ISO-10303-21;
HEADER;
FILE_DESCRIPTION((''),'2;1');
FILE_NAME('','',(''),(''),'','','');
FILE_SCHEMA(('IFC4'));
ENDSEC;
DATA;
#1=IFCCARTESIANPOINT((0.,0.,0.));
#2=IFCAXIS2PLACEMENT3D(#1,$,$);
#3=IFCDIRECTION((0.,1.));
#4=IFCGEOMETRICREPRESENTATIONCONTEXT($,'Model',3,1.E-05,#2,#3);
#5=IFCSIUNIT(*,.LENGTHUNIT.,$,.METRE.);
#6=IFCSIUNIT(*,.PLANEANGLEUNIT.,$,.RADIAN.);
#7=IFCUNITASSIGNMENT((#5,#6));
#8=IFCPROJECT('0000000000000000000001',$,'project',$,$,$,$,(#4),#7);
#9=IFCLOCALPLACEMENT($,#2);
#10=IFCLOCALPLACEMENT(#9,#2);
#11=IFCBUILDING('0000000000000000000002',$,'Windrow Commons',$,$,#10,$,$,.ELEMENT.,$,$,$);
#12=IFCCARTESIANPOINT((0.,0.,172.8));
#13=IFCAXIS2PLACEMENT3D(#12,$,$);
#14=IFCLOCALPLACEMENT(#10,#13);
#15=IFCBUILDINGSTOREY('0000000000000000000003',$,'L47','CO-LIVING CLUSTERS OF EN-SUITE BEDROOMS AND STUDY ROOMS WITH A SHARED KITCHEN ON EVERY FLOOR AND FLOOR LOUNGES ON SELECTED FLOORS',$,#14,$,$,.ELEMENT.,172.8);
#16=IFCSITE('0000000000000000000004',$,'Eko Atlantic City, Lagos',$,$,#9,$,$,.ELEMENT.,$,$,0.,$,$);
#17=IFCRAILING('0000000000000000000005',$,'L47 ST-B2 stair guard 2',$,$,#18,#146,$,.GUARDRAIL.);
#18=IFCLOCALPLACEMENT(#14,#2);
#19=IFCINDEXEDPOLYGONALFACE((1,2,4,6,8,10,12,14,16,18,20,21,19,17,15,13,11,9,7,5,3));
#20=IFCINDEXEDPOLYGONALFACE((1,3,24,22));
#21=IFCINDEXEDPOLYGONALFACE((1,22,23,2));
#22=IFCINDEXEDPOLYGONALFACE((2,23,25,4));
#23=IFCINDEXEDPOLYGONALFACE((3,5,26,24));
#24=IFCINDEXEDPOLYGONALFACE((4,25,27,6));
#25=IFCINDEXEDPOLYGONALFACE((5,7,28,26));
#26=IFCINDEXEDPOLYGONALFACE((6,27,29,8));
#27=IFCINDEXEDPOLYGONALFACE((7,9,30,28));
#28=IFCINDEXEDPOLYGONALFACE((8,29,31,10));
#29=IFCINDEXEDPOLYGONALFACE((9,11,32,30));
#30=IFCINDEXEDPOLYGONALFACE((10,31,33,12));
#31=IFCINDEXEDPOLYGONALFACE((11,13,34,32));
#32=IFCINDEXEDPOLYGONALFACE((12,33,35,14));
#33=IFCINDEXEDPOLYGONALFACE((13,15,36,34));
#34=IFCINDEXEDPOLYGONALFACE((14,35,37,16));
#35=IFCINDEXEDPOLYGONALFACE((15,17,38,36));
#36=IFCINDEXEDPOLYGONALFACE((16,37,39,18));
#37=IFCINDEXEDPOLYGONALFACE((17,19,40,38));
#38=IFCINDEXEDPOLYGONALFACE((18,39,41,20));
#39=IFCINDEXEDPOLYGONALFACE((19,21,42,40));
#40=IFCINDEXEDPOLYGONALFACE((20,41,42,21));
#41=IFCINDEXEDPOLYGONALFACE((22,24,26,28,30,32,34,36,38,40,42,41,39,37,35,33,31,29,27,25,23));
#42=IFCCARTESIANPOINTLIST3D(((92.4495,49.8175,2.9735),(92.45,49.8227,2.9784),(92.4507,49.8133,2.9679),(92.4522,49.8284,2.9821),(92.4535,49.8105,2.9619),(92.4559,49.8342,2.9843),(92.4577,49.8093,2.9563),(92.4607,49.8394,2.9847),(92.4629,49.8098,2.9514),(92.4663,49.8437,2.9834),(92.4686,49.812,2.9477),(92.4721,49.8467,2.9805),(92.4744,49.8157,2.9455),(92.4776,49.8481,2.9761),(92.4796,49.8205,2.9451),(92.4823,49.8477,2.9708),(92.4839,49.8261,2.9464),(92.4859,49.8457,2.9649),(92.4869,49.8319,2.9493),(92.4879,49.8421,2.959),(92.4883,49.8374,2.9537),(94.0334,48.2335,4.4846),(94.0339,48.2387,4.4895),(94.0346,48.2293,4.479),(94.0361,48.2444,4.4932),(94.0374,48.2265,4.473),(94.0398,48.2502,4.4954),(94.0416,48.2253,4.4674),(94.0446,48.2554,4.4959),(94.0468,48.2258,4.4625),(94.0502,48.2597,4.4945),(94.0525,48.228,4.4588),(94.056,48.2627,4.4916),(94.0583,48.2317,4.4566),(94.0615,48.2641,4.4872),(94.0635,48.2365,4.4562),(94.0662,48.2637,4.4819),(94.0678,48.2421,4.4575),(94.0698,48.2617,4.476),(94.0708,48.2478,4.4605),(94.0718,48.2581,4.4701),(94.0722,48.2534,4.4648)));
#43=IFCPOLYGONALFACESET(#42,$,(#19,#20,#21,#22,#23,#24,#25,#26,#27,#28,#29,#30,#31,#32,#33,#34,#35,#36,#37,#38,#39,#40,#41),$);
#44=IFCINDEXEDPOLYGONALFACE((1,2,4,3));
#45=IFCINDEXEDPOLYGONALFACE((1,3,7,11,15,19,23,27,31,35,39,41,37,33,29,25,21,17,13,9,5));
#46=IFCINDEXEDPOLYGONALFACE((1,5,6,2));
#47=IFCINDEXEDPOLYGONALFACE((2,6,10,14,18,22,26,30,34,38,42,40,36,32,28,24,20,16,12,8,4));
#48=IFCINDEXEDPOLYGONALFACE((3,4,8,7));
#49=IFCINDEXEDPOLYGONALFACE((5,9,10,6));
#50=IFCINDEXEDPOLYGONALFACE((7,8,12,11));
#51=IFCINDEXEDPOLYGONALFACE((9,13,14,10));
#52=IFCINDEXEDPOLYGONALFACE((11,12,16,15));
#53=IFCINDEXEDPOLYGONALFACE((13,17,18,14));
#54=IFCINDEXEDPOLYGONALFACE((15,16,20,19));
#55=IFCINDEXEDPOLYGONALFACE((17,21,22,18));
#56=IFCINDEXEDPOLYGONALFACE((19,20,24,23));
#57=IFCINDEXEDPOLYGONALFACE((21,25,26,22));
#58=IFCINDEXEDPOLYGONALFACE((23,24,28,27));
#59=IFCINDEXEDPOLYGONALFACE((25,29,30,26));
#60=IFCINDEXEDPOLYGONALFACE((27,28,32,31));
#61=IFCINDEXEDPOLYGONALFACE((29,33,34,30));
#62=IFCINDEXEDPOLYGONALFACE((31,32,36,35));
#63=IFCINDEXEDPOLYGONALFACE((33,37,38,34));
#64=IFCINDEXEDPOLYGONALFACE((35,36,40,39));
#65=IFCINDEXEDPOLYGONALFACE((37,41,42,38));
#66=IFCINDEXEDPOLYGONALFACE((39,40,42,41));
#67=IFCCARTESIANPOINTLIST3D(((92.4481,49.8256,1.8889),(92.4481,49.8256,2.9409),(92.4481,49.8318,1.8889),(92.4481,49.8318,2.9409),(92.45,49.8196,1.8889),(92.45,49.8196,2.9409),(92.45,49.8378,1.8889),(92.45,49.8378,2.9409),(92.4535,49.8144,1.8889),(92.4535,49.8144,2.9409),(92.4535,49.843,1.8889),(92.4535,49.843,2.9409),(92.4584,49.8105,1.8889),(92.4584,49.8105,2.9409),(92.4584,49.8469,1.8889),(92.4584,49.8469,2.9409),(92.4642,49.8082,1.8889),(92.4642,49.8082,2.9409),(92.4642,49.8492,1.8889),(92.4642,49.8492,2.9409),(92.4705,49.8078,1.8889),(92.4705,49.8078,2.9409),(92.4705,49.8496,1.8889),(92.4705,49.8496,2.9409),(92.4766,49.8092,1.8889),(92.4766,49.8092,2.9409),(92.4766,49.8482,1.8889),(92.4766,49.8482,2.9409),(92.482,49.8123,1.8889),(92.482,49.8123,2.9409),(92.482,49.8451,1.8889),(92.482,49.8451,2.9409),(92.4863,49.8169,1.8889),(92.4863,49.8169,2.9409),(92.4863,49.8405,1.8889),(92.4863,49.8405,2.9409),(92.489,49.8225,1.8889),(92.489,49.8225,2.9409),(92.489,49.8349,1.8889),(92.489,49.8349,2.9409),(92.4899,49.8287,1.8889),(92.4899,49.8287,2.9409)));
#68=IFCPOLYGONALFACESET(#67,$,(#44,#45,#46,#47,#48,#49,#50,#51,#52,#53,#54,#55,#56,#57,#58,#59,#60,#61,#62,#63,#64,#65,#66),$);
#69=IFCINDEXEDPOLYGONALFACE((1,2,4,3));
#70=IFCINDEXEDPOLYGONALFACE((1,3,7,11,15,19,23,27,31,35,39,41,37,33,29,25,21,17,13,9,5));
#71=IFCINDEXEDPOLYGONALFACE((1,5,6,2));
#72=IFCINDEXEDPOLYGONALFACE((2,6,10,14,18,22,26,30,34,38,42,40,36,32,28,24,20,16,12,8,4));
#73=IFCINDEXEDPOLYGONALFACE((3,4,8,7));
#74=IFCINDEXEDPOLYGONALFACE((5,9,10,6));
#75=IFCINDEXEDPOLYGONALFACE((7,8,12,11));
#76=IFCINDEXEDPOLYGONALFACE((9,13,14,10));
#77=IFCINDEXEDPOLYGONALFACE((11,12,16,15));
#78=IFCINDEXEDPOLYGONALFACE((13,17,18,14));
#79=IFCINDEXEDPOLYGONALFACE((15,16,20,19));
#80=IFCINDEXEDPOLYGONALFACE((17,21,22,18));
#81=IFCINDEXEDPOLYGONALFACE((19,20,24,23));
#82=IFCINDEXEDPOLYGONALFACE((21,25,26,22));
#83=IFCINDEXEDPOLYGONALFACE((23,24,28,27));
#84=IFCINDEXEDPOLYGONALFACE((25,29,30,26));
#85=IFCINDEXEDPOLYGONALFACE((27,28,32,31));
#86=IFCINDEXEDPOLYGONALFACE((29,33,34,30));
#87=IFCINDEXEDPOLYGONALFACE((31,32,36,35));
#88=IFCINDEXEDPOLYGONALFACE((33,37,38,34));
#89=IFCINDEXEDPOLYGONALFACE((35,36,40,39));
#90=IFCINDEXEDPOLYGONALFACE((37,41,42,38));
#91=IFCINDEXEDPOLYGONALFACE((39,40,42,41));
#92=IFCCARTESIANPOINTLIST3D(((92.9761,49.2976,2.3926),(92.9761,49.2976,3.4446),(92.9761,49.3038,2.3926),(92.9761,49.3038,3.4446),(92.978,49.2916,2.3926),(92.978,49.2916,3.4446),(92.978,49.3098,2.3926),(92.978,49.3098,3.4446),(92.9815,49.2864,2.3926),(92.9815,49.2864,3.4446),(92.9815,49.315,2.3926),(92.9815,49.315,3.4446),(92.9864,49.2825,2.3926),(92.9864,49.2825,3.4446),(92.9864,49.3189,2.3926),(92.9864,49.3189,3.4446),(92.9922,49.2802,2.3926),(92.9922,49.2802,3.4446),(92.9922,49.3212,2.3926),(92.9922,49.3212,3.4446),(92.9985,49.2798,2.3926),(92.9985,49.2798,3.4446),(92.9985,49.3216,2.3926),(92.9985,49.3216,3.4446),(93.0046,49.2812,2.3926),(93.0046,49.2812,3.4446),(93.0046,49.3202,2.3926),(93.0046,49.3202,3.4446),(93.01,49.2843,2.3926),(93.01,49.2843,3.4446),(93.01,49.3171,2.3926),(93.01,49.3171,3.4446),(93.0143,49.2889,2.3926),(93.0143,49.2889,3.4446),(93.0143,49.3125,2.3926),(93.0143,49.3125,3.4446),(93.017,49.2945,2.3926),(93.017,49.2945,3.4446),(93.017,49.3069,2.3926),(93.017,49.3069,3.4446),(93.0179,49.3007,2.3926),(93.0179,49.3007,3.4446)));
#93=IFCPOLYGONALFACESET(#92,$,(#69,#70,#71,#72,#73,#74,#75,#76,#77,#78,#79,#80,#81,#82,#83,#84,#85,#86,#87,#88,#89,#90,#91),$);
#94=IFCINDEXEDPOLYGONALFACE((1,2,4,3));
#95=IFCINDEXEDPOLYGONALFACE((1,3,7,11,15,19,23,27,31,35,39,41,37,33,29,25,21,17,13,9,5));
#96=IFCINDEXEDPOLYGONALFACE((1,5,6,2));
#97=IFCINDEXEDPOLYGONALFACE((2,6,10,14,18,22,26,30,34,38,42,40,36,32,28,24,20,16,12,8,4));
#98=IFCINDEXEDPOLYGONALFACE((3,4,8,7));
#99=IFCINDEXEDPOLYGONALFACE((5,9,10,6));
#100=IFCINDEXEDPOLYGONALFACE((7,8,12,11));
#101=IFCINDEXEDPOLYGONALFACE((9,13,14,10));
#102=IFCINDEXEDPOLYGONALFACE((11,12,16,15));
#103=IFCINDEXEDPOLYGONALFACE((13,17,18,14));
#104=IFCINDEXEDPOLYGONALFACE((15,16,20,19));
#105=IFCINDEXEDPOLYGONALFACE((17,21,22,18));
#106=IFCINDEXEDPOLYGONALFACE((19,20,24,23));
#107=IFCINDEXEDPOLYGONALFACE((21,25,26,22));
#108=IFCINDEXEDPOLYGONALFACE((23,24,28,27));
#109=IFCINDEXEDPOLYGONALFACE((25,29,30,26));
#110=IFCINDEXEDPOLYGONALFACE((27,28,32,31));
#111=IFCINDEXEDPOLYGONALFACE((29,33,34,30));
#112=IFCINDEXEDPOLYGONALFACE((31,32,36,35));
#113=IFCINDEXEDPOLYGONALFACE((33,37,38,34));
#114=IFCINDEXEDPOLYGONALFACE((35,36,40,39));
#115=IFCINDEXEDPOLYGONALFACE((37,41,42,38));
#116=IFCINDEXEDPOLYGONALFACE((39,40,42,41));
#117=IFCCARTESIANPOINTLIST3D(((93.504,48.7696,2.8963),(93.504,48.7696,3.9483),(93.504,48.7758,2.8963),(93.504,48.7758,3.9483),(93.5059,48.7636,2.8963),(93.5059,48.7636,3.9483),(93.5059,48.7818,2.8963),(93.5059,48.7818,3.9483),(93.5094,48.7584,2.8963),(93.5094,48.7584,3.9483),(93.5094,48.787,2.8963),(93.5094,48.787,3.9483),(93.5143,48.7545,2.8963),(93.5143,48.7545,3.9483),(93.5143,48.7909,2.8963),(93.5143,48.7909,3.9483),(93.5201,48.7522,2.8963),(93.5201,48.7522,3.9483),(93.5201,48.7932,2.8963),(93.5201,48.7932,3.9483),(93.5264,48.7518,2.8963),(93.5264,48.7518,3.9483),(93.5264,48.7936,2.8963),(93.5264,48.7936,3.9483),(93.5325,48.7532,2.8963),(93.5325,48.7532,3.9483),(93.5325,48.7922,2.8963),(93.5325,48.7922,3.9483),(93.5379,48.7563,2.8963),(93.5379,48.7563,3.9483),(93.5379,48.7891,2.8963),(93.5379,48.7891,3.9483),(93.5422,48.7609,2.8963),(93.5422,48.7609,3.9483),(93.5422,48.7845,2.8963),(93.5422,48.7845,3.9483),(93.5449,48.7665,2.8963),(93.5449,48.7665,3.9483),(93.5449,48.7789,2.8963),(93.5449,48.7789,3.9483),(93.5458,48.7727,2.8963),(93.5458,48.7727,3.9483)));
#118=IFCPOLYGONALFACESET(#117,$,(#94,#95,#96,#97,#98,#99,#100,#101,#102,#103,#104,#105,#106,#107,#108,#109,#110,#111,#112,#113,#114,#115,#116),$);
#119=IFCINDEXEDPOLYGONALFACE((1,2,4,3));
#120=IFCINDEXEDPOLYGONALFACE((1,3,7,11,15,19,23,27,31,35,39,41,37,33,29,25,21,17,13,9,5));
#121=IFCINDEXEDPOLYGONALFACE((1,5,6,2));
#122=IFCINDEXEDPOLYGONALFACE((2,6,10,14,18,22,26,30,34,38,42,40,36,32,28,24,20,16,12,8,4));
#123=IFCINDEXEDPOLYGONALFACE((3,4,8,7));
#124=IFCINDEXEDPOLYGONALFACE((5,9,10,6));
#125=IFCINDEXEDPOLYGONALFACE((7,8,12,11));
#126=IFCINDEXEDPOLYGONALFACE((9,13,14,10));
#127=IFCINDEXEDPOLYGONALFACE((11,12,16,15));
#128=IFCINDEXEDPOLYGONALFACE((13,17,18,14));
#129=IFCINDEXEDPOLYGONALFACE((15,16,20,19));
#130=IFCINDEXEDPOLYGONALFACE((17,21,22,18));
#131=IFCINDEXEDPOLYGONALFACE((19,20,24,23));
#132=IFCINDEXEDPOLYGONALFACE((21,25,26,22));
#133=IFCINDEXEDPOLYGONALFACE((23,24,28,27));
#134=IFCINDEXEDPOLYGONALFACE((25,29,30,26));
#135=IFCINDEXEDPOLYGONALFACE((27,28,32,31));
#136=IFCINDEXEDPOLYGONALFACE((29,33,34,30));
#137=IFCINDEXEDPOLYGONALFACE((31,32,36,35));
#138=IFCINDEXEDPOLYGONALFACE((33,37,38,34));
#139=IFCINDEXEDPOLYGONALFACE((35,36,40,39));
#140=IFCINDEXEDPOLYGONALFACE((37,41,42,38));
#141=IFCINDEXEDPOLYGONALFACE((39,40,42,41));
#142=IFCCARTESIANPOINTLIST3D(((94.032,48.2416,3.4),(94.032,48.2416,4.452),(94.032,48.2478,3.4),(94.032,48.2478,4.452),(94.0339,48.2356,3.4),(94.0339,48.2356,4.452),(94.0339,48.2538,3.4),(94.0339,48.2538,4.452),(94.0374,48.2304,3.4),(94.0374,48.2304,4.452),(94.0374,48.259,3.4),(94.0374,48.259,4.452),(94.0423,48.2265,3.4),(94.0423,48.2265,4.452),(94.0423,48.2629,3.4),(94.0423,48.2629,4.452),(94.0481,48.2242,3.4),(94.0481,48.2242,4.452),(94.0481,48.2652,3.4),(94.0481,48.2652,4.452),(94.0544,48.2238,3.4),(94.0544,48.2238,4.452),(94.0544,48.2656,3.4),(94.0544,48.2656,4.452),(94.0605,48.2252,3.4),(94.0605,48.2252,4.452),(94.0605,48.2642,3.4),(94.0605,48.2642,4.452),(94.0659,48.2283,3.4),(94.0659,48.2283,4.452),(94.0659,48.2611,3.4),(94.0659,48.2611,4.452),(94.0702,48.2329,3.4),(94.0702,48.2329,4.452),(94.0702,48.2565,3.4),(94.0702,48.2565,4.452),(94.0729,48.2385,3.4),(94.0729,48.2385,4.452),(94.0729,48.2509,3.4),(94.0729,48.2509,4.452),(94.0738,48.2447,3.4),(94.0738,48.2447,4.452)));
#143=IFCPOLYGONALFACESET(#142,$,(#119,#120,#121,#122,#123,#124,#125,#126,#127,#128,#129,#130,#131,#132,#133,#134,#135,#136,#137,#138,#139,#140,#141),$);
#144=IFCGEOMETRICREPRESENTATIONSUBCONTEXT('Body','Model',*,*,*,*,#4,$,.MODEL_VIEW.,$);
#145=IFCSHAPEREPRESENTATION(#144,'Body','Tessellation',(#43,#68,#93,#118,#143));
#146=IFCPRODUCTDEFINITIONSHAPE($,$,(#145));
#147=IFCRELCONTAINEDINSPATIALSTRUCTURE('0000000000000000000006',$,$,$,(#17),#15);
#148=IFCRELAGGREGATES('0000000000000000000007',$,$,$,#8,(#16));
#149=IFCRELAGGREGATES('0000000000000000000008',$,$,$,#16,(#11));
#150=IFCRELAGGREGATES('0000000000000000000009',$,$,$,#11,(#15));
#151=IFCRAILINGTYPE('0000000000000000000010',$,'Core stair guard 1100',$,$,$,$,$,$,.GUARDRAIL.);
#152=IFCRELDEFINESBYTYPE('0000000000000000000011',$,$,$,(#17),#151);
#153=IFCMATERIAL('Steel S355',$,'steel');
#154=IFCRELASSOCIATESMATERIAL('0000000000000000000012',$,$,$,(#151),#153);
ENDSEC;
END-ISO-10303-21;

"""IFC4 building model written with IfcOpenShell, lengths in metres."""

from ifc_helpers import new_model, si_unit, direction, frame, origin, origin_2d, place, context, subcontext, project, spatial, circle, extrude, material, type_object, element, save


model = new_model("IFC4")

# Units and contexts
model_context = context("Model", 3, precision=1e-05, world=origin(), true_north=direction((0.0, 1.0)))
body_context = subcontext(model_context, "Body", "Model", "MODEL_VIEW")
ifc_project = project(units=[si_unit("LENGTHUNIT", "METRE"), si_unit("PLANEANGLEUNIT", "RADIAN")], contexts=[model_context])

# Site, building, storey
site_placement = place(None, origin())
site = spatial("IfcSite", under=ifc_project, at=site_placement, Name="Eko Atlantic City, Lagos", CompositionType="ELEMENT", RefElevation=0.0)
building_placement = place(site_placement, origin())
building = spatial("IfcBuilding", under=site, at=building_placement, Name="Windrow Commons", CompositionType="ELEMENT")
storey_placement = place(building_placement, frame((0.0, 0.0, 172.8)))
storey = spatial("IfcBuildingStorey", under=building, at=storey_placement, Name="L47", Description="CO-LIVING CLUSTERS OF EN-SUITE BEDROOMS AND STUDY ROOMS WITH A SHARED KITCHEN ON EVERY FLOOR AND FLOOR LOUNGES ON SELECTED FLOORS", CompositionType="ELEMENT", Elevation=172.8)

# Railing
ifc_material_1 = material(Name="Steel S355", Category="steel")
railing_type_1 = type_object("IfcRailingType", Name="Core stair guard 1100", PredefinedType="GUARDRAIL", material=ifc_material_1)
railing_1_placement = place(storey_placement, frame((92.4689, 49.8287, 1.8889)))
element("IfcRailing", 1, at=railing_1_placement, inside=storey, type_object=railing_type_1, Name="L47 ST-B2 stair guard 2", PredefinedType="GUARDRAIL", context=body_context, shape_type="SweptSolid", body=[
    extrude(circle(Radius=0.024, at=origin_2d()), frame((0.0, 0.0, 1.076), z_axis=(0.586179, -0.586216, 0.559237), x_axis=(0.707129, 0.707084, 0.0)), (0.0, 0.0, 1.0), 2.7021),
    extrude(circle(Radius=0.021, at=origin_2d()), origin(), (0.0, 0.0, 1.0), 1.052),
    extrude(circle(Radius=0.021, at=origin_2d()), frame((0.528, -0.528, 0.5037)), (0.0, 0.0, 1.0), 1.052),
    extrude(circle(Radius=0.021, at=origin_2d()), frame((1.0559, -1.056, 1.0074)), (0.0, 0.0, 1.0), 1.052),
    extrude(circle(Radius=0.021, at=origin_2d()), frame((1.5839, -1.584, 1.5111)), (0.0, 0.0, 1.0), 1.052),
])

save(model, "model.ifc")
